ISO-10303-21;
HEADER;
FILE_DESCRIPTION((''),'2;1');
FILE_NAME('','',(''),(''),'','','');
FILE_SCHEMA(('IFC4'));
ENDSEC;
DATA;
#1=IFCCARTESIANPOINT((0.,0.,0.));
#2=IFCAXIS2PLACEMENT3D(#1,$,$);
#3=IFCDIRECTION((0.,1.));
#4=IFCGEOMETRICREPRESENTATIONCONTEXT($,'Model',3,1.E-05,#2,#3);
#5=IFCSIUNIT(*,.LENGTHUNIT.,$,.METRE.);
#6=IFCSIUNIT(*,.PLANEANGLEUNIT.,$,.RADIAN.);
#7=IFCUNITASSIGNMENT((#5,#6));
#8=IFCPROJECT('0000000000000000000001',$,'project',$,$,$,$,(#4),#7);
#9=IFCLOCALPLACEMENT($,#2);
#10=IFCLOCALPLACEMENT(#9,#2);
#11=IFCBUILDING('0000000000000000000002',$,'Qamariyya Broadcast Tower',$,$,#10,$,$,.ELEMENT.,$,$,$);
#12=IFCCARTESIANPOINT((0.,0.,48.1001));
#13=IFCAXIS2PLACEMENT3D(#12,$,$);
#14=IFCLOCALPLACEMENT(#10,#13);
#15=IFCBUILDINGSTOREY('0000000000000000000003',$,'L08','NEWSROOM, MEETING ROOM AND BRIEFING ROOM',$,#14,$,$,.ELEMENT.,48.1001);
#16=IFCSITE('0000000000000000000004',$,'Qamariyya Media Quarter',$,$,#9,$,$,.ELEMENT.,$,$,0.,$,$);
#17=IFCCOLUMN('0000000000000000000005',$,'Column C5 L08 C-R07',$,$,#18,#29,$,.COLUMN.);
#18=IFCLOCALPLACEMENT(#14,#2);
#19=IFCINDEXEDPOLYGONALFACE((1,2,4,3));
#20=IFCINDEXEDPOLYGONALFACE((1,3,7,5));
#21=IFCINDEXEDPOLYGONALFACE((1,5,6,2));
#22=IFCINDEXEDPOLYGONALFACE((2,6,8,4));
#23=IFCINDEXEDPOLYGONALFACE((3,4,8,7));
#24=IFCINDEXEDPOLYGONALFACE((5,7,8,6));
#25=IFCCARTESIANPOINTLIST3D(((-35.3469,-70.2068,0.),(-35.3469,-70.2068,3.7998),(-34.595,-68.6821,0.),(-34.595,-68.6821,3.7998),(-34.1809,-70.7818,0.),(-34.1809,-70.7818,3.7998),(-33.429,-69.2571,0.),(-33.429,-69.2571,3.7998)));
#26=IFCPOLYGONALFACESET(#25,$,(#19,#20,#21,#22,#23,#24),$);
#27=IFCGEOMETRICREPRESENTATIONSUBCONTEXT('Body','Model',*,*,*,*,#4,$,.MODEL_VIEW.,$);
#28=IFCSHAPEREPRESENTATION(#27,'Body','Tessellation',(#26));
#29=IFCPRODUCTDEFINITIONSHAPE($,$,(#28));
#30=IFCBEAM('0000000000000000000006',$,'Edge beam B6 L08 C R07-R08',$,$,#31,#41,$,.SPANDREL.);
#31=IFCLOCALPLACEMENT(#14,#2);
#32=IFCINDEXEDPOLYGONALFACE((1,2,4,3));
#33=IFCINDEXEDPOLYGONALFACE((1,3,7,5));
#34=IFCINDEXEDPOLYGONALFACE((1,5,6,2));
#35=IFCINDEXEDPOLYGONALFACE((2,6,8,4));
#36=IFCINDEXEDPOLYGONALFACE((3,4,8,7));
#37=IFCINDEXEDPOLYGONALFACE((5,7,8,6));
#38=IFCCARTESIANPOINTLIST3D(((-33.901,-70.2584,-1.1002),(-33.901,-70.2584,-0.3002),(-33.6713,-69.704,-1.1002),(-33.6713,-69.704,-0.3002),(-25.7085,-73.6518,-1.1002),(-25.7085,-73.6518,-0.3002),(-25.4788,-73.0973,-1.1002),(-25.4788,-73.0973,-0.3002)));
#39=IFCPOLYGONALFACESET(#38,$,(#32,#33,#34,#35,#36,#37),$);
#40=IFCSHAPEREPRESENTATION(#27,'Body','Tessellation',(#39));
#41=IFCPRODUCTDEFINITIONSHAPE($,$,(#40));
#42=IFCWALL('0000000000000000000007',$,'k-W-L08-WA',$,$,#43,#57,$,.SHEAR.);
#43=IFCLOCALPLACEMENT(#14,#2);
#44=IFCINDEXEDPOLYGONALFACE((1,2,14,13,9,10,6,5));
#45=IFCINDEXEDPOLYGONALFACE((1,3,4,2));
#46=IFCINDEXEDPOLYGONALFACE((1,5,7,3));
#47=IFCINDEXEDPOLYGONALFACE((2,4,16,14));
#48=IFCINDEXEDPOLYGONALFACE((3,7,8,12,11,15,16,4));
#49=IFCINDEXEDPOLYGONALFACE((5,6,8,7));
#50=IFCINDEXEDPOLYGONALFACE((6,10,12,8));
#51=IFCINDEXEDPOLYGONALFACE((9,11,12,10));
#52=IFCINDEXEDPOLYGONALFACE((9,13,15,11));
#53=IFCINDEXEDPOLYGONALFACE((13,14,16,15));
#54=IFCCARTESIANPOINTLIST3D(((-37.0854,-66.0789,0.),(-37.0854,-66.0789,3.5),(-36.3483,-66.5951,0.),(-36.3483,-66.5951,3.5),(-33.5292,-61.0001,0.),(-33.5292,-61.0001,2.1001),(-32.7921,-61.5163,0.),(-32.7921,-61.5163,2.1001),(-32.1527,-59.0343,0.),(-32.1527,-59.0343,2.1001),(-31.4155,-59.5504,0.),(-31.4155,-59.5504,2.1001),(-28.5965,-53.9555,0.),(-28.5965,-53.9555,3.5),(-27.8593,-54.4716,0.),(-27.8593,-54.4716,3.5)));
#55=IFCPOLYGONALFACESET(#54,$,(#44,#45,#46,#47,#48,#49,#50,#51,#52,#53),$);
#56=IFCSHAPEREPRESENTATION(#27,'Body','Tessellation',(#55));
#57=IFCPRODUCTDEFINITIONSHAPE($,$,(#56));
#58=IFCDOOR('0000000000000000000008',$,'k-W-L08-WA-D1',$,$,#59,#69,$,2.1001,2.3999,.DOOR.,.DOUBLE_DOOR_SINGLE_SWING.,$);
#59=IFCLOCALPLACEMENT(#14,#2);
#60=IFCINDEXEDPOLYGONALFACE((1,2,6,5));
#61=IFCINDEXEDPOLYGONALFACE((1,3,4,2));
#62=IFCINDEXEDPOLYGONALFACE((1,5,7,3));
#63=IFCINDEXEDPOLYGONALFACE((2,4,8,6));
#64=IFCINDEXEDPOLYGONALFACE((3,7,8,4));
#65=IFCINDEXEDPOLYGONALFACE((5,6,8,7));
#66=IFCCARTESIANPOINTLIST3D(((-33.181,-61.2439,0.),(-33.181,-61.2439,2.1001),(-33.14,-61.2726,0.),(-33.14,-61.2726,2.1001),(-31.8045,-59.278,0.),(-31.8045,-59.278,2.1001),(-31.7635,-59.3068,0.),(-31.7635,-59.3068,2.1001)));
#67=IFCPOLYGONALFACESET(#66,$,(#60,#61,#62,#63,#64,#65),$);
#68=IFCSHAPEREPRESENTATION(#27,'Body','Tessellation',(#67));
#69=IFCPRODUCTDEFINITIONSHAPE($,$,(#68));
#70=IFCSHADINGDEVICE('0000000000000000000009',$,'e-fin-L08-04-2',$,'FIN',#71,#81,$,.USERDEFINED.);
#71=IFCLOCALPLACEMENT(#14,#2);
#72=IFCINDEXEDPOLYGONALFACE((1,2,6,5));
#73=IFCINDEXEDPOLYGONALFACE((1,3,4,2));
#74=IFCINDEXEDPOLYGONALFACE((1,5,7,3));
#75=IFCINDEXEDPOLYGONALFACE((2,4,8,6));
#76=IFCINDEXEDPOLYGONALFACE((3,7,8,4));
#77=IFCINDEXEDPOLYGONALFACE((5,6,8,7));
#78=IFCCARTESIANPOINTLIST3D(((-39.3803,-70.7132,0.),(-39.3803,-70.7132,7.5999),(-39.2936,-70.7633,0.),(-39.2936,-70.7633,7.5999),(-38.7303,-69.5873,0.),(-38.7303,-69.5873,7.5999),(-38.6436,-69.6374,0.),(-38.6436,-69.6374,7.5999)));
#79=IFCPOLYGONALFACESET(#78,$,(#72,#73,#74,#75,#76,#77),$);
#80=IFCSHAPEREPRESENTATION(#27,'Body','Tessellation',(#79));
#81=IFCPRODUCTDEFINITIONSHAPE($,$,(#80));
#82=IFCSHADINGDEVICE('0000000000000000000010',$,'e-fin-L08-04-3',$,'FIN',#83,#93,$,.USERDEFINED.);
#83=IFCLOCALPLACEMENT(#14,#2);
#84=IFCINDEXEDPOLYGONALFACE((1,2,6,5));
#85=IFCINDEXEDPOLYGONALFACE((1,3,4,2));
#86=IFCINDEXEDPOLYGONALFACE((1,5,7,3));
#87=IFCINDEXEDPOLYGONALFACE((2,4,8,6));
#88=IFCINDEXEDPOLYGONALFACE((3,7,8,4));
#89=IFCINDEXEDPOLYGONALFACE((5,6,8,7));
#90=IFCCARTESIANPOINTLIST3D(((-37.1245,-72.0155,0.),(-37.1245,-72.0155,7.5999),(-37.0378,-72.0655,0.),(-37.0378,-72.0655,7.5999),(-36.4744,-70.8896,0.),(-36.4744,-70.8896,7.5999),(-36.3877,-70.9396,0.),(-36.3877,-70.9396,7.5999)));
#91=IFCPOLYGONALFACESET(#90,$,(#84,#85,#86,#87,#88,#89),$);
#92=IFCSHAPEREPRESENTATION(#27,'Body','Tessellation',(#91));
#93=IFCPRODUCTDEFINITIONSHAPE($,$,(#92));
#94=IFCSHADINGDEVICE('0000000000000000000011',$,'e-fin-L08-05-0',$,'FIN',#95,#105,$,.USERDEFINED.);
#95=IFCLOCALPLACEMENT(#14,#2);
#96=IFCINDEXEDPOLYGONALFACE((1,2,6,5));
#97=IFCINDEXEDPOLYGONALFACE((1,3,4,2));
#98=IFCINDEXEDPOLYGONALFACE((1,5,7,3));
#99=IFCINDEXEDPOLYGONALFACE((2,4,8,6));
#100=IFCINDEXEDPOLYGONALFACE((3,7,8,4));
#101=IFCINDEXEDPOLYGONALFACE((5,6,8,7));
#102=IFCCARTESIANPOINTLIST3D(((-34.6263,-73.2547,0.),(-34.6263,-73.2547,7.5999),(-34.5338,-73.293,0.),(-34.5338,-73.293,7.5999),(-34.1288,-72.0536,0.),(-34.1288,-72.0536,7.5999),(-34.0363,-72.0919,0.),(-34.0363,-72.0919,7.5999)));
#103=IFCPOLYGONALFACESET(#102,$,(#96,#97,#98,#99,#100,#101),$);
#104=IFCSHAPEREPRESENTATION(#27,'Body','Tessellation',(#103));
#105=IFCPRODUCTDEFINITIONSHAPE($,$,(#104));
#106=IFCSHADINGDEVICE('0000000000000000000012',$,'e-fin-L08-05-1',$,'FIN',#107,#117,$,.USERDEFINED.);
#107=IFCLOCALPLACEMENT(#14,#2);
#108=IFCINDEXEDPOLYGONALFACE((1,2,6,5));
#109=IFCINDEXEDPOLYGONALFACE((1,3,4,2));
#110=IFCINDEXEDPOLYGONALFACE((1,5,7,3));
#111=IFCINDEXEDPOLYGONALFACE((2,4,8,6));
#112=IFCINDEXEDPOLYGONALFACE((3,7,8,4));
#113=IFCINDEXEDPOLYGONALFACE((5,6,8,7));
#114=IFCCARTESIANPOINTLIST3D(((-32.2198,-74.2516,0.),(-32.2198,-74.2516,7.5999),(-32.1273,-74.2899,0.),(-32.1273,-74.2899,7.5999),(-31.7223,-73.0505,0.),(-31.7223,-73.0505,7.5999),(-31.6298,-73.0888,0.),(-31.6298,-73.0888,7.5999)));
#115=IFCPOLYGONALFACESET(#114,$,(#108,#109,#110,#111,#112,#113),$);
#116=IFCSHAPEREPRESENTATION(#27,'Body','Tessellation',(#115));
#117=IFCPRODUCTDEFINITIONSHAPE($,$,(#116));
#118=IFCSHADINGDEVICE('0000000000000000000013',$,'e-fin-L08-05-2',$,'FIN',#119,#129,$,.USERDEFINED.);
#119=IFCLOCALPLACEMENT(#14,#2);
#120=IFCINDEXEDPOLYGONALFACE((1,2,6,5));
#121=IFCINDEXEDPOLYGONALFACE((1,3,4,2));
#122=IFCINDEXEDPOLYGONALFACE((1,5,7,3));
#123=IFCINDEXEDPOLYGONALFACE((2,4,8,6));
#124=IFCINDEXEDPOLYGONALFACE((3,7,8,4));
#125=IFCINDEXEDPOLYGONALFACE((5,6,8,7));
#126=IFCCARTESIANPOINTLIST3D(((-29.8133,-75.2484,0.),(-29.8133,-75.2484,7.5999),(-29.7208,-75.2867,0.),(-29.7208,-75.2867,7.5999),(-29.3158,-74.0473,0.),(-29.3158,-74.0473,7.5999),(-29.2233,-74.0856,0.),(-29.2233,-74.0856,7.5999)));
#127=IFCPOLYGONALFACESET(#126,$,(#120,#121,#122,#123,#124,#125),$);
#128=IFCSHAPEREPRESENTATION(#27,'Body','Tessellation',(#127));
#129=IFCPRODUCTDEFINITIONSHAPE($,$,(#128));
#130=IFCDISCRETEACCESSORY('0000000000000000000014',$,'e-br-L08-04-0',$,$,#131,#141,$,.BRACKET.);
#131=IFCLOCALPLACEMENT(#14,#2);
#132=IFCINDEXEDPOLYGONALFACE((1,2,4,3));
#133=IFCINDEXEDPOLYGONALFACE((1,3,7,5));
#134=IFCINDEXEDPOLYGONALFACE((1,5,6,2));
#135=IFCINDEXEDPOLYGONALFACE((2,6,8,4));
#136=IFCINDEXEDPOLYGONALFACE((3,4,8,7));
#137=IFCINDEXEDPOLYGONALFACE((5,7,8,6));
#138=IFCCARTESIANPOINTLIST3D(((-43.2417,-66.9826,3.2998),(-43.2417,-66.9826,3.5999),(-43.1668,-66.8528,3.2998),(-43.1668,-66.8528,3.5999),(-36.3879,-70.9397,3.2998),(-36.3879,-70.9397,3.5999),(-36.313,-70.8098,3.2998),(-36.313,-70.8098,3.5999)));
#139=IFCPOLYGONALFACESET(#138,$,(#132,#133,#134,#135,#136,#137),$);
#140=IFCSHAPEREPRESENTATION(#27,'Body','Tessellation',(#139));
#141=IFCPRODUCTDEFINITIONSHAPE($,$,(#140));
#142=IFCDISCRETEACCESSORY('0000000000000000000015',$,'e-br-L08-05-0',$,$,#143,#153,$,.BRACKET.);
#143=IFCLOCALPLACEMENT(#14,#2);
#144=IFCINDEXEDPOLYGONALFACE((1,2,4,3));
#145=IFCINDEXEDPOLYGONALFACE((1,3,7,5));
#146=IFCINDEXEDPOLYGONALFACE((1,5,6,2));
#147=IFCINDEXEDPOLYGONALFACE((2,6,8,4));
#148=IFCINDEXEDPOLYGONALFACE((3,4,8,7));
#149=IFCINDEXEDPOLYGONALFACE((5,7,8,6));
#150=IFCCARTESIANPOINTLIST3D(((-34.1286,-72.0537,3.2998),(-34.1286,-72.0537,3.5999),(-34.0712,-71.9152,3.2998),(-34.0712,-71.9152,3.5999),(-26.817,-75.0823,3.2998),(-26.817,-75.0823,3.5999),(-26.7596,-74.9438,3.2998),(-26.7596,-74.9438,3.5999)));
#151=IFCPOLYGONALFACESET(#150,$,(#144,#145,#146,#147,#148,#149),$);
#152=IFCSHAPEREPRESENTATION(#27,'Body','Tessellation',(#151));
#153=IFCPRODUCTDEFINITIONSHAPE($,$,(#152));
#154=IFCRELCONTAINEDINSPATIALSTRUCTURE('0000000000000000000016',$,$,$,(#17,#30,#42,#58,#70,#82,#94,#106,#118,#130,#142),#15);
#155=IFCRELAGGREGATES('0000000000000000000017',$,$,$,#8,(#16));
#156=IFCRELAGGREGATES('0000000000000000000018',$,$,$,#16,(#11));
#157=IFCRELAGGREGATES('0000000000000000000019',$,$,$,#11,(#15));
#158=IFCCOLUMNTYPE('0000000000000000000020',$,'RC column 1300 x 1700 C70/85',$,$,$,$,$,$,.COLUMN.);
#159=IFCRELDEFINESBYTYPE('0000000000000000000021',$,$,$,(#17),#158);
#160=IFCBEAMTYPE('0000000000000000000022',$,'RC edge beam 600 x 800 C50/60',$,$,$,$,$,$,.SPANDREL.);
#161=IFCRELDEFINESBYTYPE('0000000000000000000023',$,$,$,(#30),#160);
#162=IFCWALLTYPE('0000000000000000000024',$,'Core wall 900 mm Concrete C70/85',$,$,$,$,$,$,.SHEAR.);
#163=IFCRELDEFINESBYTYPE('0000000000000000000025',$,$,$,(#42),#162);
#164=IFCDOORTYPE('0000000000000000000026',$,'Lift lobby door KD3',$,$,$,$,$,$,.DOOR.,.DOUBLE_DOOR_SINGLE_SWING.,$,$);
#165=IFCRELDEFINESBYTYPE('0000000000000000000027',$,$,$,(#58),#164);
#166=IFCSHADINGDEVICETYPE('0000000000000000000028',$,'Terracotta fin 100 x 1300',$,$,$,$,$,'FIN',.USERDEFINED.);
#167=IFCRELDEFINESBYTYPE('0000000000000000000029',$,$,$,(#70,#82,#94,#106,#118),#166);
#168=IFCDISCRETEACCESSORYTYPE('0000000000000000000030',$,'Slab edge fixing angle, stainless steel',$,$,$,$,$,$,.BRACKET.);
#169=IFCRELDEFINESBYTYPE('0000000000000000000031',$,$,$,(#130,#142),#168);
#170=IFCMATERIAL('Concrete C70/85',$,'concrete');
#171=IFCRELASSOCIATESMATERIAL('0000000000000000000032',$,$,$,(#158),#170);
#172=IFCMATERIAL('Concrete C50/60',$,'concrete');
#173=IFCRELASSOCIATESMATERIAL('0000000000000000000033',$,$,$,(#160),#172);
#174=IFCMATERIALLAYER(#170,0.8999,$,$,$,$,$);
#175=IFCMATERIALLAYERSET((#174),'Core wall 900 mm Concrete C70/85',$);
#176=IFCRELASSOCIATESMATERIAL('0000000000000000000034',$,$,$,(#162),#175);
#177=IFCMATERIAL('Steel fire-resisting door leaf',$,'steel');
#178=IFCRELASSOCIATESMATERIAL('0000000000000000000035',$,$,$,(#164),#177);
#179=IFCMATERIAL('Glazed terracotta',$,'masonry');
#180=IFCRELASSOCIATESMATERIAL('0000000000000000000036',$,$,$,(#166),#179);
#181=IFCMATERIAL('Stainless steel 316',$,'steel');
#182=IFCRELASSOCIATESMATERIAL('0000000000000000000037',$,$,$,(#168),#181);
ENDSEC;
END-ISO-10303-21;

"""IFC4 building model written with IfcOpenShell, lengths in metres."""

from ifc_helpers import new_model, si_unit, direction, frame, frame_2d, origin, origin_2d, place, context, subcontext, project, spatial, rectangle, extrude, material, layer, layer_set, material_profile, profile_set, type_object, element, fill, save


model = new_model("IFC4")

# Units and contexts
model_context = context("Model", 3, precision=1e-05, world=origin(), true_north=direction((0.0, 1.0)))
body_context = subcontext(model_context, "Body", "Model", "MODEL_VIEW")
ifc_project = project(units=[si_unit("LENGTHUNIT", "METRE"), si_unit("PLANEANGLEUNIT", "RADIAN")], contexts=[model_context])

# Site, building, storey
site_placement = place(None, origin())
site = spatial("IfcSite", under=ifc_project, at=site_placement, Name="Qamariyya Media Quarter", CompositionType="ELEMENT", RefElevation=0.0)
building_placement = place(site_placement, origin())
building = spatial("IfcBuilding", under=site, at=building_placement, Name="Qamariyya Broadcast Tower", CompositionType="ELEMENT")
storey_placement = place(building_placement, frame((0.0, 0.0, 48.1001)))
storey = spatial("IfcBuildingStorey", under=building, at=storey_placement, Name="L08", Description="NEWSROOM, MEETING ROOM AND BRIEFING ROOM", CompositionType="ELEMENT", Elevation=48.1001)

# Column
ifc_material_1 = material(Name="Concrete C70/85", Category="concrete")
ifc_material_profile_1 = material_profile(ifc_material_1, rectangle(XDim=1.3, YDim=1.7, at=origin_2d()))
ifc_profile_set_1 = profile_set([ifc_material_profile_1], Name="Concrete C70/85")
column_type = type_object("IfcColumnType", Name="RC column 1300 x 1700 C70/85", PredefinedType="COLUMN", material=ifc_profile_set_1)
column_placement = place(storey_placement, frame((-34.3879, -69.7319, 0.0), z_axis=(0.0, 0.0, 1.0), x_axis=(0.896873, -0.442289, 0.0)))
element("IfcColumn", 1, at=column_placement, inside=storey, type_object=column_type, Name="Column C5 L08 C-R07", PredefinedType="COLUMN", context=body_context, shape_type="SweptSolid", body=[
    extrude(rectangle(XDim=1.3, YDim=1.7, at=origin_2d()), origin(), (0.0, 0.0, 1.0), 3.7998),
])

# Beam
ifc_material_2 = material(Name="Concrete C50/60", Category="concrete")
ifc_material_profile_2 = material_profile(ifc_material_2, rectangle(XDim=0.6001, YDim=0.8, at=origin_2d()))
ifc_profile_set_2 = profile_set([ifc_material_profile_2], Name="Concrete C50/60")
beam_type = type_object("IfcBeamType", Name="RC edge beam 600 x 800 C50/60", PredefinedType="SPANDREL", material=ifc_profile_set_2)
beam_placement = place(storey_placement, frame((-33.7861, -69.9812, -0.7002), z_axis=(0.923883, -0.382675, 0.0), x_axis=(0.382675, 0.923883, 0.0)))
element("IfcBeam", 2, at=beam_placement, inside=storey, type_object=beam_type, Name="Edge beam B6 L08 C R07-R08", PredefinedType="SPANDREL", context=body_context, shape_type="SweptSolid", body=[
    extrude(rectangle(XDim=0.6001, YDim=0.8, at=origin_2d()), origin(), (0.0, 0.0, 1.0), 8.8674),
])

# Wall, opening, door
ifc_layer = layer(ifc_material_1, 0.8999)
ifc_layer_set = layer_set([ifc_layer], Name="Core wall 900 mm Concrete C70/85")
wall_type = type_object("IfcWallType", Name="Core wall 900 mm Concrete C70/85", PredefinedType="SHEAR", material=ifc_layer_set)
wall_placement = place(storey_placement, frame((-36.7168, -66.3369, 0.0), z_axis=(0.0, 0.0, 1.0), x_axis=(0.573577, 0.819151, 0.0)))
wall = element("IfcWall", 3, at=wall_placement, inside=storey, type_object=wall_type, Name="k-W-L08-WA", PredefinedType="SHEAR", context=body_context, shape_type="SweptSolid", body=[
    extrude(rectangle(XDim=14.8, YDim=0.8999, at=frame_2d((7.3999, 0.0))), origin(), (0.0, 0.0, 1.0), 3.5),
])
opening_placement = place(wall_placement, frame((6.2, 0.0, 0.0)))
opening = element("IfcOpeningElement", 4, at=opening_placement, cuts=wall, PredefinedType="OPENING", context=body_context, shape_type="SweptSolid", body=[
    extrude(rectangle(XDim=2.3999, YDim=2.1001, at=frame_2d((1.2, 1.05))), frame((0.0, 0.46, 0.0), z_axis=(0.0, -1.0, 0.0), x_axis=(1.0, 0.0, 0.0)), (0.0, 0.0, 1.0), 0.9199),
])
ifc_material_3 = material(Name="Steel fire-resisting door leaf", Category="steel")
door_type = type_object("IfcDoorType", Name="Lift lobby door KD3", OperationType="DOUBLE_DOOR_SINGLE_SWING", PredefinedType="DOOR", material=ifc_material_3)
door_placement = place(opening_placement, origin())
door = element("IfcDoor", 5, at=door_placement, inside=storey, type_object=door_type, Name="k-W-L08-WA-D1", OperationType="DOUBLE_DOOR_SINGLE_SWING", OverallHeight=2.1001, OverallWidth=2.3999, PredefinedType="DOOR", context=body_context, shape_type="SweptSolid", body=[
    extrude(rectangle(XDim=2.3999, YDim=2.1001, at=frame_2d((1.2, 1.05))), frame((0.0, 0.0249, 0.0), z_axis=(0.0, -1.0, 0.0), x_axis=(1.0, 0.0, 0.0)), (0.0, 0.0, 1.0), 0.05),
])
fill(opening, door)

# Shading devices
ifc_material_4 = material(Name="Glazed terracotta", Category="masonry")
ifc_material_profile_3 = material_profile(ifc_material_4, rectangle(XDim=1.3, YDim=0.1001, at=origin_2d()))
ifc_profile_set_3 = profile_set([ifc_material_profile_3], Name="Glazed terracotta")
shading_device_type = type_object("IfcShadingDeviceType", Name="Terracotta fin 100 x 1300", ElementType="FIN", PredefinedType="USERDEFINED", material=ifc_profile_set_3)
for number, where, z_axis, x_axis, name in (
    (6, (-39.012, -70.1753, 0.0), (0.0, 0.0, 1.0), (-0.5, -0.866025, 0.0), "e-fin-L08-04-2"),
    (7, (-36.7561, -71.4775, 0.0), (0.0, 0.0, 1.0), (-0.5, -0.866025, 0.0), "e-fin-L08-04-3"),
    (8, (-34.3313, -72.6733, 0.0), (0.0, 0.0, 1.0), (-0.382683, -0.92388, 0.0), "e-fin-L08-05-0"),
    (9, (-31.9248, -73.6702, 0.0), (0.0, 0.0, 1.0), (-0.382683, -0.92388, 0.0), "e-fin-L08-05-1"),
    (10, (-29.5183, -74.667, 0.0), (0.0, 0.0, 1.0), (-0.382683, -0.92388, 0.0), "e-fin-L08-05-2"),
):
    element("IfcShadingDevice", number, at=place(storey_placement, frame(where, z_axis=z_axis, x_axis=x_axis)), inside=storey, type_object=shading_device_type, Name=name, ObjectType="FIN", PredefinedType="USERDEFINED", context=body_context, shape_type="SweptSolid", body=[
        extrude(rectangle(XDim=1.3, YDim=0.1001, at=origin_2d()), origin(), (0.0, 0.0, 1.0), 7.5999),
    ])

# Discrete accessories
ifc_material_5 = material(Name="Stainless steel 316", Category="steel")
discrete_accessory_type = type_object("IfcDiscreteAccessoryType", Name="Slab edge fixing angle, stainless steel", PredefinedType="BRACKET", material=ifc_material_5)
for number, where, z_axis, x_axis, name in (
    (11, (-39.7773, -68.8962, 3.2998), (0.0, 0.0, 1.0), (0.866025, -0.5, 0.0), "e-br-L08-04-0"),
    (12, (-30.4441, -73.4988, 3.2998), (0.0, 0.0, 1.0), (0.92388, -0.382683, 0.0), "e-br-L08-05-0"),
):
    element("IfcDiscreteAccessory", number, at=place(storey_placement, frame(where, z_axis=z_axis, x_axis=x_axis)), inside=storey, type_object=discrete_accessory_type, Name=name, PredefinedType="BRACKET", context=body_context, shape_type="SweptSolid", body=[
        extrude(rectangle(XDim=7.9141, YDim=0.1499, at=origin_2d()), origin(), (0.0, 0.0, 1.0), 0.3),
    ])

save(model, "model.ifc")
